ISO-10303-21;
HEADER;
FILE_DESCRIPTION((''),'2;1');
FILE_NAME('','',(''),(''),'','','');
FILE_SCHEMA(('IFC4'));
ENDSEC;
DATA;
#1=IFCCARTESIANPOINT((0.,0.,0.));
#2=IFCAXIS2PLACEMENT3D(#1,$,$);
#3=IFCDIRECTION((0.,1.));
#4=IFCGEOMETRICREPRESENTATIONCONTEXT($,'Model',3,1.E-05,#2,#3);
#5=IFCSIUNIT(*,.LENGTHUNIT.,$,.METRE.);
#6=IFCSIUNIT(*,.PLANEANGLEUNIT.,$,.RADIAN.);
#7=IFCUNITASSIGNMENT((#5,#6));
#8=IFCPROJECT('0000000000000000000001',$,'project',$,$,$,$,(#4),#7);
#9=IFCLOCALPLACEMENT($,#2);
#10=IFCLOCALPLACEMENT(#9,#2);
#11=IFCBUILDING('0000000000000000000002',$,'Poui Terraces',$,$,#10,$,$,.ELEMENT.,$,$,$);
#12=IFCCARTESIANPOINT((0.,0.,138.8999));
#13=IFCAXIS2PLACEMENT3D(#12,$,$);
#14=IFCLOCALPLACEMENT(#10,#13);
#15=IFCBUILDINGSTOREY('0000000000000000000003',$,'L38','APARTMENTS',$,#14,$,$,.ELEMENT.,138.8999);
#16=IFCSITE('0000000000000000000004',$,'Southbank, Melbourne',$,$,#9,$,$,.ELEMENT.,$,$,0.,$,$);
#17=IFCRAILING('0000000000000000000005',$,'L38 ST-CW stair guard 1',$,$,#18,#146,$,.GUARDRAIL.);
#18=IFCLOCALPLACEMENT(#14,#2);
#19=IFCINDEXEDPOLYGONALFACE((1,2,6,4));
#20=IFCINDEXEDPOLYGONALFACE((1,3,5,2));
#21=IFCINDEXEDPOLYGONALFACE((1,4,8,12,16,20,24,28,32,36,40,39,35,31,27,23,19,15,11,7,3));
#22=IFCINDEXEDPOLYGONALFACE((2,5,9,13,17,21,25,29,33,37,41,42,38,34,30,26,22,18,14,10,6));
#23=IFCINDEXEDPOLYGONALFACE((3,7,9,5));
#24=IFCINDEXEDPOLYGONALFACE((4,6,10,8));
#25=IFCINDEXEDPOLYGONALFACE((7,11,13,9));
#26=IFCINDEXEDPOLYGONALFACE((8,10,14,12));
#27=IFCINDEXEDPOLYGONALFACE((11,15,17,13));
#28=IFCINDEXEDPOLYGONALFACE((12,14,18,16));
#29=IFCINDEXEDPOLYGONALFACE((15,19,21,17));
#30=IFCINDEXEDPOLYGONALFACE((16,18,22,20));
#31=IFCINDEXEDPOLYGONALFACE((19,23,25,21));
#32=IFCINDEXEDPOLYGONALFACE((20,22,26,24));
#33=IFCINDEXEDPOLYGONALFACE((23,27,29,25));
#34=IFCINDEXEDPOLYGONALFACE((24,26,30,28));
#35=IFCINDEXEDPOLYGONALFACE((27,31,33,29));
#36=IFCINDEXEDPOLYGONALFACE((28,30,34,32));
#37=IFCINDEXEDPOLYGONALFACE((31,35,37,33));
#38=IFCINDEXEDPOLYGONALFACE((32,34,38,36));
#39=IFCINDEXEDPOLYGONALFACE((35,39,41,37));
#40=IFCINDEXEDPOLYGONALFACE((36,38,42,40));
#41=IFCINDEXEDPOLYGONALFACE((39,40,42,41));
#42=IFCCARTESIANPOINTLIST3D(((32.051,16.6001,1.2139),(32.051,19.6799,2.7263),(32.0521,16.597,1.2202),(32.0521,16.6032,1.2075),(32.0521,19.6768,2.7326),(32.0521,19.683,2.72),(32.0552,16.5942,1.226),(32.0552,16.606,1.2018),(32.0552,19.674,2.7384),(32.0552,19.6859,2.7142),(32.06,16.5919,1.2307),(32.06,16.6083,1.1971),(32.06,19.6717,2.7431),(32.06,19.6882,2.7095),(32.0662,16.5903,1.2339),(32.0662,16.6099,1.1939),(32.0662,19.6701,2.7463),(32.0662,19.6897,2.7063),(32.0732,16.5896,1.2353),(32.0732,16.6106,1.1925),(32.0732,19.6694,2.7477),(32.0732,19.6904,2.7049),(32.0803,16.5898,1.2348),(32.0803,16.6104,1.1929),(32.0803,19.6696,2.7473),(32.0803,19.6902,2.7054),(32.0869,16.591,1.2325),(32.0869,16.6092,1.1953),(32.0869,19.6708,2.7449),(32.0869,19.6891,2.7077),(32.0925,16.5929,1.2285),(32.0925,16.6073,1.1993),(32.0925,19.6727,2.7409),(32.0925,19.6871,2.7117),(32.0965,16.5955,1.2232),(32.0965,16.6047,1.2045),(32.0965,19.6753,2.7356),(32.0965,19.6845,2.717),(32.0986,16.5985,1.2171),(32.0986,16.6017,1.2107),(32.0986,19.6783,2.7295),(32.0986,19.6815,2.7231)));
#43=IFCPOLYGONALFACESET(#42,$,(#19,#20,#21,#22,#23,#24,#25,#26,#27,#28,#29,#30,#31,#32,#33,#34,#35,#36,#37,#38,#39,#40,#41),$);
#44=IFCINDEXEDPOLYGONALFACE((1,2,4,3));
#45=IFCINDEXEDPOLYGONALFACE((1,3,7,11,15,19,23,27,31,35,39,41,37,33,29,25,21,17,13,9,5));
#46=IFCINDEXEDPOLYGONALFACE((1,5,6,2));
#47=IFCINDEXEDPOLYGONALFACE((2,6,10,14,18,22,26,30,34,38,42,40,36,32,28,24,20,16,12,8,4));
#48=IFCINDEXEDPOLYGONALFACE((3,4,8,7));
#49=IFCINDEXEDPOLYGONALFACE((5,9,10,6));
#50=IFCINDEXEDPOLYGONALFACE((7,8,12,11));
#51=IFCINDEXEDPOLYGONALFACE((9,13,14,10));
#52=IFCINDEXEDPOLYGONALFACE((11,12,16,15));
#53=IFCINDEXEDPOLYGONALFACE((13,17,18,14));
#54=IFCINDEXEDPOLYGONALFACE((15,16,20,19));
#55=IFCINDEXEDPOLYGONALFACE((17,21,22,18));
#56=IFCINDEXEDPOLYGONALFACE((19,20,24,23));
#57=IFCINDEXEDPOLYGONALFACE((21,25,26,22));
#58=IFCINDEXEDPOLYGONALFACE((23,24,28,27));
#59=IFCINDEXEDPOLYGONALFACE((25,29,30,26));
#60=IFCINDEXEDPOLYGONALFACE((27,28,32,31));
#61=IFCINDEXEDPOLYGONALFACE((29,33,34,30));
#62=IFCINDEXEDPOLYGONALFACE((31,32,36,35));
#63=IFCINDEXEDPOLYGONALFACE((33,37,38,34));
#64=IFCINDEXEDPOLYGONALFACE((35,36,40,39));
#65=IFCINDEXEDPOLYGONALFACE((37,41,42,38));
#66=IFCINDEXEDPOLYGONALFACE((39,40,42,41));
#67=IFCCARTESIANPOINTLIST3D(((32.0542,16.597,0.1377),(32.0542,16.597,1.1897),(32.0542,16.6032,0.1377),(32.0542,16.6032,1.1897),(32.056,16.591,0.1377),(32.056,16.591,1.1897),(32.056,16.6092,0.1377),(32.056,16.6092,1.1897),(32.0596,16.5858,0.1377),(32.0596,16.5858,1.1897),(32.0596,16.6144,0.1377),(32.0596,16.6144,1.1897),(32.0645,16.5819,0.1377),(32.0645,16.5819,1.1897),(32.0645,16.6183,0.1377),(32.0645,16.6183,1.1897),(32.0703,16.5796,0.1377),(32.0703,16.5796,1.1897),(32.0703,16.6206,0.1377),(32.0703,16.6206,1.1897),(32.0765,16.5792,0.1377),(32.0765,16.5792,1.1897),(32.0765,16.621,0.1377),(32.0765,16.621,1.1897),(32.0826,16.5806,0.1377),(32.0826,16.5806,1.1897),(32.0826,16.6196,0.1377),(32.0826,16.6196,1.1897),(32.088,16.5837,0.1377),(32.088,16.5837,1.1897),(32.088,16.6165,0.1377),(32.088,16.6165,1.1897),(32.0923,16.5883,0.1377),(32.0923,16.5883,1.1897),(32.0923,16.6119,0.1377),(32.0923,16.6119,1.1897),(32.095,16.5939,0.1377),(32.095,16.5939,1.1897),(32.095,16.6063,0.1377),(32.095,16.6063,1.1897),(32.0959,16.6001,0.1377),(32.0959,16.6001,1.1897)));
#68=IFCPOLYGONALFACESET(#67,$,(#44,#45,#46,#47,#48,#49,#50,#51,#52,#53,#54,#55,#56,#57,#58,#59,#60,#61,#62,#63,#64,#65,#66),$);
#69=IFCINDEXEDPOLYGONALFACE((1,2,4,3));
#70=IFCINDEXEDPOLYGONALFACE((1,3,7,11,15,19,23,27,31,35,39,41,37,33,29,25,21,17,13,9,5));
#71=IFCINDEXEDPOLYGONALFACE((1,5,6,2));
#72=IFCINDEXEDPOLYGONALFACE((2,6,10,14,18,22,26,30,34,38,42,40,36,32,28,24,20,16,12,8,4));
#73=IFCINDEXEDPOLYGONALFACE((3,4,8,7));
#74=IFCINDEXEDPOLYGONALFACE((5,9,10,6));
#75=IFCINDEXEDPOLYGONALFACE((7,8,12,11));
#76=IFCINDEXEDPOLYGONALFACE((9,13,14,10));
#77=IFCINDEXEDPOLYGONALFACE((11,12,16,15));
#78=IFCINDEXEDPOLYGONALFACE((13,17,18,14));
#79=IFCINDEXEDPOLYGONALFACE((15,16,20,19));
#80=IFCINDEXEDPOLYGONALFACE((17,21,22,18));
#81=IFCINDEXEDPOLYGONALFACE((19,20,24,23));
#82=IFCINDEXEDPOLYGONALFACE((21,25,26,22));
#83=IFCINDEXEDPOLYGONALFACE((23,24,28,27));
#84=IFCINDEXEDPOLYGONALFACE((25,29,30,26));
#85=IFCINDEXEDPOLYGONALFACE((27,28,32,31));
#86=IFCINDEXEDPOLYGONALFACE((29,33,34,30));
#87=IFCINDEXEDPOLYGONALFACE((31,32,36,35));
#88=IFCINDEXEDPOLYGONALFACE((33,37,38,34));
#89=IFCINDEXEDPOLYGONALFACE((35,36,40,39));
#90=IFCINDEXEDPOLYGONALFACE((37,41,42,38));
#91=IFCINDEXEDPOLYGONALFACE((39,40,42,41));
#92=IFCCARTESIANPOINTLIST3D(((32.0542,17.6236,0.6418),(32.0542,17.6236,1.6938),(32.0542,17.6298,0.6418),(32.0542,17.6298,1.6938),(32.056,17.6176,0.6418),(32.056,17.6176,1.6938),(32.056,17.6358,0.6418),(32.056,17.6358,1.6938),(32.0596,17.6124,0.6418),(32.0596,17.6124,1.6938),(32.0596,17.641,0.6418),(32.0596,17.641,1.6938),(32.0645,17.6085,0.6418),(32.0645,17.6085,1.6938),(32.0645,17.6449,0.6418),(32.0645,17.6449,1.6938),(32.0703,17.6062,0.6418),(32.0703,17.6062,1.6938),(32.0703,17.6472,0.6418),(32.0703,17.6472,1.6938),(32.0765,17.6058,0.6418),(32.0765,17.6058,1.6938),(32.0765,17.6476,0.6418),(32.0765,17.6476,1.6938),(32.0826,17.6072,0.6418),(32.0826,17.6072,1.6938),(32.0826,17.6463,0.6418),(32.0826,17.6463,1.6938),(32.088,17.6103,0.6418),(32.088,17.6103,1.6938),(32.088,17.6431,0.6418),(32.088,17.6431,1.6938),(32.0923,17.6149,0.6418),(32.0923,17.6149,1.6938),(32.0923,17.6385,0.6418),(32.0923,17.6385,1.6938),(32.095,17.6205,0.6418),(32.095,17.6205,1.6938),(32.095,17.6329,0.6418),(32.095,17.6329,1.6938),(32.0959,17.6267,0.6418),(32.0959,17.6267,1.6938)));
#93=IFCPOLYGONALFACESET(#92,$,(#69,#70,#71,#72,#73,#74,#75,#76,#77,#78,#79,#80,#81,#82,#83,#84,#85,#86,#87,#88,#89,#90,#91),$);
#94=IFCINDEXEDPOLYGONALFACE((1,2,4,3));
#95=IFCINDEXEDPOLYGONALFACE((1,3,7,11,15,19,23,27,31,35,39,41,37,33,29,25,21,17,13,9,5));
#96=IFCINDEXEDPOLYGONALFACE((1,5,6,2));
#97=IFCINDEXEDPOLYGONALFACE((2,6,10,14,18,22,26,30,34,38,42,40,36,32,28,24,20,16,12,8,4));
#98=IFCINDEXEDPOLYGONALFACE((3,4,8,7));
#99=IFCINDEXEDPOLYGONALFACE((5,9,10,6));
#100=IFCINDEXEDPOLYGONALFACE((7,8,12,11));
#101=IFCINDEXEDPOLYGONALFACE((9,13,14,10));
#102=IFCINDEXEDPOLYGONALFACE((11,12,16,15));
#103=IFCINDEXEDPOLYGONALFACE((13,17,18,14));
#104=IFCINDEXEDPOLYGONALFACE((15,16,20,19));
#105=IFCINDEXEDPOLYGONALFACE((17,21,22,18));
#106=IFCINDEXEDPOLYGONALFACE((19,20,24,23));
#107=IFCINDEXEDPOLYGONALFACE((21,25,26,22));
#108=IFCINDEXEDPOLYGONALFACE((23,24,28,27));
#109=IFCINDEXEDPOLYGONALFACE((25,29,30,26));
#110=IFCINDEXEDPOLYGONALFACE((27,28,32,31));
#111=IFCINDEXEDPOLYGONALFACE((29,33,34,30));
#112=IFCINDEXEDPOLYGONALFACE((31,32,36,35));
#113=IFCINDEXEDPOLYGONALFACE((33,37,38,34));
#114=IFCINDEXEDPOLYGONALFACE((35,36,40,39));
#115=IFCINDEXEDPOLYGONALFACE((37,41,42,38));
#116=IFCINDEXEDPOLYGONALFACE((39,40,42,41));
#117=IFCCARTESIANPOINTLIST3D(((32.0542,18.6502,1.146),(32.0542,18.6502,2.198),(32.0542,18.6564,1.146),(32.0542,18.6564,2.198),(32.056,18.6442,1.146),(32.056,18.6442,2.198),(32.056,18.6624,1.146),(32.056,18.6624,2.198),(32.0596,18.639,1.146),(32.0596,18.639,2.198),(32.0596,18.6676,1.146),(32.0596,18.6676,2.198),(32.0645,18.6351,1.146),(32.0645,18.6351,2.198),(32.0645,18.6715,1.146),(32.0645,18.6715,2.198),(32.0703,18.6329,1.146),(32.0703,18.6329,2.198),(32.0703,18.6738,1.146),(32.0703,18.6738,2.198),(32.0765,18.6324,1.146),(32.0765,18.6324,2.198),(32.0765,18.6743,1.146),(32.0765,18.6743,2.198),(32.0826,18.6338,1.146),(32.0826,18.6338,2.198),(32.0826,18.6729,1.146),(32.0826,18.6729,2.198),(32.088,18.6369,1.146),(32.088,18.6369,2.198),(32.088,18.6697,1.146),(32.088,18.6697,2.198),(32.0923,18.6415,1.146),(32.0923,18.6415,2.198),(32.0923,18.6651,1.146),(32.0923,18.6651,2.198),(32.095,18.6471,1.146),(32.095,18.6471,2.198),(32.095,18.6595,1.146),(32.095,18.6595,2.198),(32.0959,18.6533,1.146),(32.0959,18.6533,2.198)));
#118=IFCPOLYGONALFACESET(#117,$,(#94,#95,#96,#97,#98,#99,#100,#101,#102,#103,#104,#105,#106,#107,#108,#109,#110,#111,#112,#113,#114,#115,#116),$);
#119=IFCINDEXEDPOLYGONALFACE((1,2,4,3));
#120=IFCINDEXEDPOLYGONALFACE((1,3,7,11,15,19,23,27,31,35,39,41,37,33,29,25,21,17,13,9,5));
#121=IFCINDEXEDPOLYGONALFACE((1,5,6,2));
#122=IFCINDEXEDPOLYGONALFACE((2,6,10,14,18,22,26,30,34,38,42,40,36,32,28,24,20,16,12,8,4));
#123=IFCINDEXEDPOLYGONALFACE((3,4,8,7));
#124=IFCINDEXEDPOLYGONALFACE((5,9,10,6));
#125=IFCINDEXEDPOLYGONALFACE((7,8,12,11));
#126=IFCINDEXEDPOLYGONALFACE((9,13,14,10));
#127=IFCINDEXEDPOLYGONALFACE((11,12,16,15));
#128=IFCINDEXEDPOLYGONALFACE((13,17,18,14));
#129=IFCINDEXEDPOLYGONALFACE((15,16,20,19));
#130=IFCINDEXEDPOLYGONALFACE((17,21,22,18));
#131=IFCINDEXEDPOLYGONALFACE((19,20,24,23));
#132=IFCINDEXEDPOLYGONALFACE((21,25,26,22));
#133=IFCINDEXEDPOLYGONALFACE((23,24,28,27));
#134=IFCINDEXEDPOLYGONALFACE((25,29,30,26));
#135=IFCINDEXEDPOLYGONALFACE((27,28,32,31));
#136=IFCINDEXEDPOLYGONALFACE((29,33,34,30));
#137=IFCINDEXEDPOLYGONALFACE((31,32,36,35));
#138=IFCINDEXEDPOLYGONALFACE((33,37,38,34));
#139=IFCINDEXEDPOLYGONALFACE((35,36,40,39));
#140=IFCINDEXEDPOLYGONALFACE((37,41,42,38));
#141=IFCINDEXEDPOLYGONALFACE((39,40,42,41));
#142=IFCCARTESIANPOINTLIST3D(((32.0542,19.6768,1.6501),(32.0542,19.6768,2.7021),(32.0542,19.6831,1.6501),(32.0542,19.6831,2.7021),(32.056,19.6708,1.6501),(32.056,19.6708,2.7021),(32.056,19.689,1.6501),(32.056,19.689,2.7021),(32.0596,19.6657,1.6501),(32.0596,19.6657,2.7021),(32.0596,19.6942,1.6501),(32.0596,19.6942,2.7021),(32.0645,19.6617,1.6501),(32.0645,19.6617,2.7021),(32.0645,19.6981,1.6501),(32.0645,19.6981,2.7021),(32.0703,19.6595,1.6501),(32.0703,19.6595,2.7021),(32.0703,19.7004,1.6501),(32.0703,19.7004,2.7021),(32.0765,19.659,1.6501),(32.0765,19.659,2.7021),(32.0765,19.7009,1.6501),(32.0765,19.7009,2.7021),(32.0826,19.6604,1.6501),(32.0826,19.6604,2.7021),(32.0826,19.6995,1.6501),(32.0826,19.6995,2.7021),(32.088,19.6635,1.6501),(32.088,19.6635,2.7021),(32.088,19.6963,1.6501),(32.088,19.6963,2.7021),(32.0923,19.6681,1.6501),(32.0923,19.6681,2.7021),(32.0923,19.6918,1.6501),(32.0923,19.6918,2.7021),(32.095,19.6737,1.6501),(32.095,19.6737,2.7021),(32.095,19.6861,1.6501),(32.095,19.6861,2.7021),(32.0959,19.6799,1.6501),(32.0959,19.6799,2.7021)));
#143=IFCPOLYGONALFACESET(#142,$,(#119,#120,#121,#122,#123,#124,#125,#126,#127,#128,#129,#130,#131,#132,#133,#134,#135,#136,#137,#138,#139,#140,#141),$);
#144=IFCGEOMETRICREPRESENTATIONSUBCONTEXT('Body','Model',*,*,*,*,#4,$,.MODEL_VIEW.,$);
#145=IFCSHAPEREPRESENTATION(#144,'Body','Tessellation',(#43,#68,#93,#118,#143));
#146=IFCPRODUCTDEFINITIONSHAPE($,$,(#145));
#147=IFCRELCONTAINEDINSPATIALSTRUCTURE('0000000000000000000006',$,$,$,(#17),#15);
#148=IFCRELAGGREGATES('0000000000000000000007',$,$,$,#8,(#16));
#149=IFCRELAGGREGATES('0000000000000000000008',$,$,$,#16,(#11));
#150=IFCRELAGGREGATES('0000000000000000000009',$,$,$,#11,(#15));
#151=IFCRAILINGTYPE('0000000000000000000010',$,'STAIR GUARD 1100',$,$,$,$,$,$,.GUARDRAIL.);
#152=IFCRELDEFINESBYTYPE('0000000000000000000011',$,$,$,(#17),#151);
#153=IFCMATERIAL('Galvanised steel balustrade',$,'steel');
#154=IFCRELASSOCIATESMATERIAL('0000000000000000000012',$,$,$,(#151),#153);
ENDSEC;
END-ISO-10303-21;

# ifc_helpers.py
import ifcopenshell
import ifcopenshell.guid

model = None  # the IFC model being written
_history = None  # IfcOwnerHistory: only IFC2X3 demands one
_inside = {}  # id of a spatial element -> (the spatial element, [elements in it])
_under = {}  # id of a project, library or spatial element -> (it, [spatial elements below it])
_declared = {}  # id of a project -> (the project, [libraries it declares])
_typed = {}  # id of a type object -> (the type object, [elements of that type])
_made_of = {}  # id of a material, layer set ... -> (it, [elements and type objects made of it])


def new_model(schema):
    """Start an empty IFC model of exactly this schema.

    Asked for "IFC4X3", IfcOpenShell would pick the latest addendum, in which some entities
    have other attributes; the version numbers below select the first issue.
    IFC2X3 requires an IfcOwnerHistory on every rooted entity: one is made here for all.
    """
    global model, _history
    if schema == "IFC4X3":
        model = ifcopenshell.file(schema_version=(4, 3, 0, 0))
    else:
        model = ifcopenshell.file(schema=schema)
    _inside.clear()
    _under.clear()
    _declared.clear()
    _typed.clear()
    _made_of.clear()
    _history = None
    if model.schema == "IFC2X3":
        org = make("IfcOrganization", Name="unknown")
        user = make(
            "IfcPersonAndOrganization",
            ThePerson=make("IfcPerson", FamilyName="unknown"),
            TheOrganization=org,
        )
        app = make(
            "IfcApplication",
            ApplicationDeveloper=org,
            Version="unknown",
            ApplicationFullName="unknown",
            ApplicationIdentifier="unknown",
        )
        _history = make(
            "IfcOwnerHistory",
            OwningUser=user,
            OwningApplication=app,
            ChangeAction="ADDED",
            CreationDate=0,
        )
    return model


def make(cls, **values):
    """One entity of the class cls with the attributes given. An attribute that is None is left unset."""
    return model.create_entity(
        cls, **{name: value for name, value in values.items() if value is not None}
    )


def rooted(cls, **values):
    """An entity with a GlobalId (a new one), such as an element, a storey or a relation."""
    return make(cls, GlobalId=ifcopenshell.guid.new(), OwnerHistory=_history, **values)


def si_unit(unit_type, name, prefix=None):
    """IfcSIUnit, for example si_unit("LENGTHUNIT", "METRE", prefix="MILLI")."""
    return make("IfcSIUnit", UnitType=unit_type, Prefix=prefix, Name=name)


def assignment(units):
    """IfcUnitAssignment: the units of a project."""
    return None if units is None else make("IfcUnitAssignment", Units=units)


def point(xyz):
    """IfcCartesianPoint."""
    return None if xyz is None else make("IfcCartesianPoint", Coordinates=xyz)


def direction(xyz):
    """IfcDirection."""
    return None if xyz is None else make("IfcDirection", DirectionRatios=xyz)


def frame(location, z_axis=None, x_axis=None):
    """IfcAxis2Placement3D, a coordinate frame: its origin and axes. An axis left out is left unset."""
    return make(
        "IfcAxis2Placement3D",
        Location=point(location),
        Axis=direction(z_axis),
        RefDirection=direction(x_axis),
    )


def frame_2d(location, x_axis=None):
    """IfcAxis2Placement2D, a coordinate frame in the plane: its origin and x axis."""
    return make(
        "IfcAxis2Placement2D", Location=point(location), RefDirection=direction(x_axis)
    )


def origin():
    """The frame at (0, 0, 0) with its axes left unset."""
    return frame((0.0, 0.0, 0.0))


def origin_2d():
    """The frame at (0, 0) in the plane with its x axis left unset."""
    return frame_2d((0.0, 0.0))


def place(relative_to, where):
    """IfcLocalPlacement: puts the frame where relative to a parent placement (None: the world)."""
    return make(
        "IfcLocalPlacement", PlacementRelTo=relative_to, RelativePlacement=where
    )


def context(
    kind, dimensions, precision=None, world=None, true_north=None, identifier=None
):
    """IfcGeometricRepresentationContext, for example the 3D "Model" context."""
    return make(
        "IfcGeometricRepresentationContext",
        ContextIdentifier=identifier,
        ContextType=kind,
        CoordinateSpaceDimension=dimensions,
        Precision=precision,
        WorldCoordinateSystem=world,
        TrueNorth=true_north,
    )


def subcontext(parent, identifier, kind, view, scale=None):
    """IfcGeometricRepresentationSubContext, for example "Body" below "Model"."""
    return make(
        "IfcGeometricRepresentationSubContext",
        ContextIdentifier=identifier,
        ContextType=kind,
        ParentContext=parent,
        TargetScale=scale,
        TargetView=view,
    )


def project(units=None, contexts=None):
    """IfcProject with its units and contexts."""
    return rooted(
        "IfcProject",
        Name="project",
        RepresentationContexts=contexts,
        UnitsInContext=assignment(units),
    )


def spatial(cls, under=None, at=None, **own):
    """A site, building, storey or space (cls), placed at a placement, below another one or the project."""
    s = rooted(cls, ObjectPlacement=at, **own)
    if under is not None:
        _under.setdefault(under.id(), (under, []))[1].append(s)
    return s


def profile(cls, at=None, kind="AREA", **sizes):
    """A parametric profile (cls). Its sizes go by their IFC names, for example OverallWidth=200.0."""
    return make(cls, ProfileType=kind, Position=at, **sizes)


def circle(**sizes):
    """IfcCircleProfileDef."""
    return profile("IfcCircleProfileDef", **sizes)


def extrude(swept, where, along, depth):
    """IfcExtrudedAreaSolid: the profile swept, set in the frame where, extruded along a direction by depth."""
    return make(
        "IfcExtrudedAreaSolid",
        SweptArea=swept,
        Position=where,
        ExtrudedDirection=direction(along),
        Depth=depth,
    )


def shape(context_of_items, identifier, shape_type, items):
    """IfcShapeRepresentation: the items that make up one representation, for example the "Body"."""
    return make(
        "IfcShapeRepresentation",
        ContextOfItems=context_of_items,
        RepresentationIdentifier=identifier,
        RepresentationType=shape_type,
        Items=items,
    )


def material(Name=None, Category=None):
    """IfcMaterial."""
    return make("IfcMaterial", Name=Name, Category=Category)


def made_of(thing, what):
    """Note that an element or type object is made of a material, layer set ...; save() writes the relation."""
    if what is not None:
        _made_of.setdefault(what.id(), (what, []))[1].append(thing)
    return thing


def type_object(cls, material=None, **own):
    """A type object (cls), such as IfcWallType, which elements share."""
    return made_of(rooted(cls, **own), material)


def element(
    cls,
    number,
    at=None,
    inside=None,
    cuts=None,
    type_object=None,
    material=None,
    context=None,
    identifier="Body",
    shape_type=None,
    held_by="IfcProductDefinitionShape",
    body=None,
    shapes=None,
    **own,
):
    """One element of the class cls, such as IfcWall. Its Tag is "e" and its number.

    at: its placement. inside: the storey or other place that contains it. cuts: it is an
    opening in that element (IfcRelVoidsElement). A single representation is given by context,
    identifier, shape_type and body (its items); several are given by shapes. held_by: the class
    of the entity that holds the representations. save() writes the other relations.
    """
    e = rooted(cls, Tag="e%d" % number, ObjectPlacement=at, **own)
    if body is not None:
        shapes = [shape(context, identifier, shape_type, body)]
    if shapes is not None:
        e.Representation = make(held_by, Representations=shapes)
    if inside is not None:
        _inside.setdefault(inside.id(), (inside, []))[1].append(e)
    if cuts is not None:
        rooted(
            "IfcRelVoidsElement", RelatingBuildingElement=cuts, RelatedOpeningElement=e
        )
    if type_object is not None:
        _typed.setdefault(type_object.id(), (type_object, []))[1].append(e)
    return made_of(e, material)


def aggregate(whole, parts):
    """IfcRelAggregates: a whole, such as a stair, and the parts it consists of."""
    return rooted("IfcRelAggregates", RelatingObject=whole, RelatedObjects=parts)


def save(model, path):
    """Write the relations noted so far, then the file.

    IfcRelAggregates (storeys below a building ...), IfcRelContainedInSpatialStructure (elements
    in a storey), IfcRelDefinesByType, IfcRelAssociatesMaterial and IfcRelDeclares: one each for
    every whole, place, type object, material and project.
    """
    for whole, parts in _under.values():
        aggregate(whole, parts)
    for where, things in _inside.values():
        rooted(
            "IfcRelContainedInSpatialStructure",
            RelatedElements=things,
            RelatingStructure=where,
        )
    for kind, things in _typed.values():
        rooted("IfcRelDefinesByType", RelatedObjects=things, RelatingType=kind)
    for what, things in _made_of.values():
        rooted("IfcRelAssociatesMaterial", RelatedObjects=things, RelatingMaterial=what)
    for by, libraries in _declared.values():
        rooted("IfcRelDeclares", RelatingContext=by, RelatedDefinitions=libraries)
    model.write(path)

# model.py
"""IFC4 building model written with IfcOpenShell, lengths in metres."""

from ifc_helpers import new_model, si_unit, direction, frame, origin, origin_2d, place, context, subcontext, project, spatial, circle, extrude, material, type_object, element, save


model = new_model("IFC4")

# Units and contexts
model_context = context("Model", 3, precision=1e-05, world=origin(), true_north=direction((0.0, 1.0)))
body_context = subcontext(model_context, "Body", "Model", "MODEL_VIEW")
ifc_project = project(units=[si_unit("LENGTHUNIT", "METRE"), si_unit("PLANEANGLEUNIT", "RADIAN")], contexts=[model_context])

# Site, building, storey
site_placement = place(None, origin())
site = spatial("IfcSite", under=ifc_project, at=site_placement, Name="Southbank, Melbourne", CompositionType="ELEMENT", RefElevation=0.0)
building_placement = place(site_placement, origin())
building = spatial("IfcBuilding", under=site, at=building_placement, Name="Poui Terraces", CompositionType="ELEMENT")
storey_placement = place(building_placement, frame((0.0, 0.0, 138.8999)))
storey = spatial("IfcBuildingStorey", under=building, at=storey_placement, Name="L38", Description="APARTMENTS", CompositionType="ELEMENT", Elevation=138.8999)

# Railing
ifc_material_1 = material(Name="Galvanised steel balustrade", Category="steel")
railing_type_1 = type_object("IfcRailingType", Name="STAIR GUARD 1100", PredefinedType="GUARDRAIL", material=ifc_material_1)
railing_1_placement = place(storey_placement, frame((32.075, 16.6001, 0.1377)))
element("IfcRailing", 1, at=railing_1_placement, inside=storey, type_object=railing_type_1, Name="L38 ST-CW stair guard 1", PredefinedType="GUARDRAIL", context=body_context, shape_type="SweptSolid", body=[
    extrude(circle(Radius=0.0239, at=origin_2d()), frame((0.0, 0.0, 1.0762), z_axis=(0.0, 0.897606, 0.440798), x_axis=(-1.0, 0.0, 0.0)), (0.0, 0.0, 1.0), 3.4312),
    extrude(circle(Radius=0.021, at=origin_2d()), origin(), (0.0, 0.0, 1.0), 1.052),
    extrude(circle(Radius=0.021, at=origin_2d()), frame((0.0, 1.0266, 0.5042)), (0.0, 0.0, 1.0), 1.052),
    extrude(circle(Radius=0.021, at=origin_2d()), frame((0.0, 2.0532, 1.0083)), (0.0, 0.0, 1.0), 1.052),
    extrude(circle(Radius=0.021, at=origin_2d()), frame((0.0, 3.0798, 1.5125)), (0.0, 0.0, 1.0), 1.052),
])

save(model, "model.ifc")
